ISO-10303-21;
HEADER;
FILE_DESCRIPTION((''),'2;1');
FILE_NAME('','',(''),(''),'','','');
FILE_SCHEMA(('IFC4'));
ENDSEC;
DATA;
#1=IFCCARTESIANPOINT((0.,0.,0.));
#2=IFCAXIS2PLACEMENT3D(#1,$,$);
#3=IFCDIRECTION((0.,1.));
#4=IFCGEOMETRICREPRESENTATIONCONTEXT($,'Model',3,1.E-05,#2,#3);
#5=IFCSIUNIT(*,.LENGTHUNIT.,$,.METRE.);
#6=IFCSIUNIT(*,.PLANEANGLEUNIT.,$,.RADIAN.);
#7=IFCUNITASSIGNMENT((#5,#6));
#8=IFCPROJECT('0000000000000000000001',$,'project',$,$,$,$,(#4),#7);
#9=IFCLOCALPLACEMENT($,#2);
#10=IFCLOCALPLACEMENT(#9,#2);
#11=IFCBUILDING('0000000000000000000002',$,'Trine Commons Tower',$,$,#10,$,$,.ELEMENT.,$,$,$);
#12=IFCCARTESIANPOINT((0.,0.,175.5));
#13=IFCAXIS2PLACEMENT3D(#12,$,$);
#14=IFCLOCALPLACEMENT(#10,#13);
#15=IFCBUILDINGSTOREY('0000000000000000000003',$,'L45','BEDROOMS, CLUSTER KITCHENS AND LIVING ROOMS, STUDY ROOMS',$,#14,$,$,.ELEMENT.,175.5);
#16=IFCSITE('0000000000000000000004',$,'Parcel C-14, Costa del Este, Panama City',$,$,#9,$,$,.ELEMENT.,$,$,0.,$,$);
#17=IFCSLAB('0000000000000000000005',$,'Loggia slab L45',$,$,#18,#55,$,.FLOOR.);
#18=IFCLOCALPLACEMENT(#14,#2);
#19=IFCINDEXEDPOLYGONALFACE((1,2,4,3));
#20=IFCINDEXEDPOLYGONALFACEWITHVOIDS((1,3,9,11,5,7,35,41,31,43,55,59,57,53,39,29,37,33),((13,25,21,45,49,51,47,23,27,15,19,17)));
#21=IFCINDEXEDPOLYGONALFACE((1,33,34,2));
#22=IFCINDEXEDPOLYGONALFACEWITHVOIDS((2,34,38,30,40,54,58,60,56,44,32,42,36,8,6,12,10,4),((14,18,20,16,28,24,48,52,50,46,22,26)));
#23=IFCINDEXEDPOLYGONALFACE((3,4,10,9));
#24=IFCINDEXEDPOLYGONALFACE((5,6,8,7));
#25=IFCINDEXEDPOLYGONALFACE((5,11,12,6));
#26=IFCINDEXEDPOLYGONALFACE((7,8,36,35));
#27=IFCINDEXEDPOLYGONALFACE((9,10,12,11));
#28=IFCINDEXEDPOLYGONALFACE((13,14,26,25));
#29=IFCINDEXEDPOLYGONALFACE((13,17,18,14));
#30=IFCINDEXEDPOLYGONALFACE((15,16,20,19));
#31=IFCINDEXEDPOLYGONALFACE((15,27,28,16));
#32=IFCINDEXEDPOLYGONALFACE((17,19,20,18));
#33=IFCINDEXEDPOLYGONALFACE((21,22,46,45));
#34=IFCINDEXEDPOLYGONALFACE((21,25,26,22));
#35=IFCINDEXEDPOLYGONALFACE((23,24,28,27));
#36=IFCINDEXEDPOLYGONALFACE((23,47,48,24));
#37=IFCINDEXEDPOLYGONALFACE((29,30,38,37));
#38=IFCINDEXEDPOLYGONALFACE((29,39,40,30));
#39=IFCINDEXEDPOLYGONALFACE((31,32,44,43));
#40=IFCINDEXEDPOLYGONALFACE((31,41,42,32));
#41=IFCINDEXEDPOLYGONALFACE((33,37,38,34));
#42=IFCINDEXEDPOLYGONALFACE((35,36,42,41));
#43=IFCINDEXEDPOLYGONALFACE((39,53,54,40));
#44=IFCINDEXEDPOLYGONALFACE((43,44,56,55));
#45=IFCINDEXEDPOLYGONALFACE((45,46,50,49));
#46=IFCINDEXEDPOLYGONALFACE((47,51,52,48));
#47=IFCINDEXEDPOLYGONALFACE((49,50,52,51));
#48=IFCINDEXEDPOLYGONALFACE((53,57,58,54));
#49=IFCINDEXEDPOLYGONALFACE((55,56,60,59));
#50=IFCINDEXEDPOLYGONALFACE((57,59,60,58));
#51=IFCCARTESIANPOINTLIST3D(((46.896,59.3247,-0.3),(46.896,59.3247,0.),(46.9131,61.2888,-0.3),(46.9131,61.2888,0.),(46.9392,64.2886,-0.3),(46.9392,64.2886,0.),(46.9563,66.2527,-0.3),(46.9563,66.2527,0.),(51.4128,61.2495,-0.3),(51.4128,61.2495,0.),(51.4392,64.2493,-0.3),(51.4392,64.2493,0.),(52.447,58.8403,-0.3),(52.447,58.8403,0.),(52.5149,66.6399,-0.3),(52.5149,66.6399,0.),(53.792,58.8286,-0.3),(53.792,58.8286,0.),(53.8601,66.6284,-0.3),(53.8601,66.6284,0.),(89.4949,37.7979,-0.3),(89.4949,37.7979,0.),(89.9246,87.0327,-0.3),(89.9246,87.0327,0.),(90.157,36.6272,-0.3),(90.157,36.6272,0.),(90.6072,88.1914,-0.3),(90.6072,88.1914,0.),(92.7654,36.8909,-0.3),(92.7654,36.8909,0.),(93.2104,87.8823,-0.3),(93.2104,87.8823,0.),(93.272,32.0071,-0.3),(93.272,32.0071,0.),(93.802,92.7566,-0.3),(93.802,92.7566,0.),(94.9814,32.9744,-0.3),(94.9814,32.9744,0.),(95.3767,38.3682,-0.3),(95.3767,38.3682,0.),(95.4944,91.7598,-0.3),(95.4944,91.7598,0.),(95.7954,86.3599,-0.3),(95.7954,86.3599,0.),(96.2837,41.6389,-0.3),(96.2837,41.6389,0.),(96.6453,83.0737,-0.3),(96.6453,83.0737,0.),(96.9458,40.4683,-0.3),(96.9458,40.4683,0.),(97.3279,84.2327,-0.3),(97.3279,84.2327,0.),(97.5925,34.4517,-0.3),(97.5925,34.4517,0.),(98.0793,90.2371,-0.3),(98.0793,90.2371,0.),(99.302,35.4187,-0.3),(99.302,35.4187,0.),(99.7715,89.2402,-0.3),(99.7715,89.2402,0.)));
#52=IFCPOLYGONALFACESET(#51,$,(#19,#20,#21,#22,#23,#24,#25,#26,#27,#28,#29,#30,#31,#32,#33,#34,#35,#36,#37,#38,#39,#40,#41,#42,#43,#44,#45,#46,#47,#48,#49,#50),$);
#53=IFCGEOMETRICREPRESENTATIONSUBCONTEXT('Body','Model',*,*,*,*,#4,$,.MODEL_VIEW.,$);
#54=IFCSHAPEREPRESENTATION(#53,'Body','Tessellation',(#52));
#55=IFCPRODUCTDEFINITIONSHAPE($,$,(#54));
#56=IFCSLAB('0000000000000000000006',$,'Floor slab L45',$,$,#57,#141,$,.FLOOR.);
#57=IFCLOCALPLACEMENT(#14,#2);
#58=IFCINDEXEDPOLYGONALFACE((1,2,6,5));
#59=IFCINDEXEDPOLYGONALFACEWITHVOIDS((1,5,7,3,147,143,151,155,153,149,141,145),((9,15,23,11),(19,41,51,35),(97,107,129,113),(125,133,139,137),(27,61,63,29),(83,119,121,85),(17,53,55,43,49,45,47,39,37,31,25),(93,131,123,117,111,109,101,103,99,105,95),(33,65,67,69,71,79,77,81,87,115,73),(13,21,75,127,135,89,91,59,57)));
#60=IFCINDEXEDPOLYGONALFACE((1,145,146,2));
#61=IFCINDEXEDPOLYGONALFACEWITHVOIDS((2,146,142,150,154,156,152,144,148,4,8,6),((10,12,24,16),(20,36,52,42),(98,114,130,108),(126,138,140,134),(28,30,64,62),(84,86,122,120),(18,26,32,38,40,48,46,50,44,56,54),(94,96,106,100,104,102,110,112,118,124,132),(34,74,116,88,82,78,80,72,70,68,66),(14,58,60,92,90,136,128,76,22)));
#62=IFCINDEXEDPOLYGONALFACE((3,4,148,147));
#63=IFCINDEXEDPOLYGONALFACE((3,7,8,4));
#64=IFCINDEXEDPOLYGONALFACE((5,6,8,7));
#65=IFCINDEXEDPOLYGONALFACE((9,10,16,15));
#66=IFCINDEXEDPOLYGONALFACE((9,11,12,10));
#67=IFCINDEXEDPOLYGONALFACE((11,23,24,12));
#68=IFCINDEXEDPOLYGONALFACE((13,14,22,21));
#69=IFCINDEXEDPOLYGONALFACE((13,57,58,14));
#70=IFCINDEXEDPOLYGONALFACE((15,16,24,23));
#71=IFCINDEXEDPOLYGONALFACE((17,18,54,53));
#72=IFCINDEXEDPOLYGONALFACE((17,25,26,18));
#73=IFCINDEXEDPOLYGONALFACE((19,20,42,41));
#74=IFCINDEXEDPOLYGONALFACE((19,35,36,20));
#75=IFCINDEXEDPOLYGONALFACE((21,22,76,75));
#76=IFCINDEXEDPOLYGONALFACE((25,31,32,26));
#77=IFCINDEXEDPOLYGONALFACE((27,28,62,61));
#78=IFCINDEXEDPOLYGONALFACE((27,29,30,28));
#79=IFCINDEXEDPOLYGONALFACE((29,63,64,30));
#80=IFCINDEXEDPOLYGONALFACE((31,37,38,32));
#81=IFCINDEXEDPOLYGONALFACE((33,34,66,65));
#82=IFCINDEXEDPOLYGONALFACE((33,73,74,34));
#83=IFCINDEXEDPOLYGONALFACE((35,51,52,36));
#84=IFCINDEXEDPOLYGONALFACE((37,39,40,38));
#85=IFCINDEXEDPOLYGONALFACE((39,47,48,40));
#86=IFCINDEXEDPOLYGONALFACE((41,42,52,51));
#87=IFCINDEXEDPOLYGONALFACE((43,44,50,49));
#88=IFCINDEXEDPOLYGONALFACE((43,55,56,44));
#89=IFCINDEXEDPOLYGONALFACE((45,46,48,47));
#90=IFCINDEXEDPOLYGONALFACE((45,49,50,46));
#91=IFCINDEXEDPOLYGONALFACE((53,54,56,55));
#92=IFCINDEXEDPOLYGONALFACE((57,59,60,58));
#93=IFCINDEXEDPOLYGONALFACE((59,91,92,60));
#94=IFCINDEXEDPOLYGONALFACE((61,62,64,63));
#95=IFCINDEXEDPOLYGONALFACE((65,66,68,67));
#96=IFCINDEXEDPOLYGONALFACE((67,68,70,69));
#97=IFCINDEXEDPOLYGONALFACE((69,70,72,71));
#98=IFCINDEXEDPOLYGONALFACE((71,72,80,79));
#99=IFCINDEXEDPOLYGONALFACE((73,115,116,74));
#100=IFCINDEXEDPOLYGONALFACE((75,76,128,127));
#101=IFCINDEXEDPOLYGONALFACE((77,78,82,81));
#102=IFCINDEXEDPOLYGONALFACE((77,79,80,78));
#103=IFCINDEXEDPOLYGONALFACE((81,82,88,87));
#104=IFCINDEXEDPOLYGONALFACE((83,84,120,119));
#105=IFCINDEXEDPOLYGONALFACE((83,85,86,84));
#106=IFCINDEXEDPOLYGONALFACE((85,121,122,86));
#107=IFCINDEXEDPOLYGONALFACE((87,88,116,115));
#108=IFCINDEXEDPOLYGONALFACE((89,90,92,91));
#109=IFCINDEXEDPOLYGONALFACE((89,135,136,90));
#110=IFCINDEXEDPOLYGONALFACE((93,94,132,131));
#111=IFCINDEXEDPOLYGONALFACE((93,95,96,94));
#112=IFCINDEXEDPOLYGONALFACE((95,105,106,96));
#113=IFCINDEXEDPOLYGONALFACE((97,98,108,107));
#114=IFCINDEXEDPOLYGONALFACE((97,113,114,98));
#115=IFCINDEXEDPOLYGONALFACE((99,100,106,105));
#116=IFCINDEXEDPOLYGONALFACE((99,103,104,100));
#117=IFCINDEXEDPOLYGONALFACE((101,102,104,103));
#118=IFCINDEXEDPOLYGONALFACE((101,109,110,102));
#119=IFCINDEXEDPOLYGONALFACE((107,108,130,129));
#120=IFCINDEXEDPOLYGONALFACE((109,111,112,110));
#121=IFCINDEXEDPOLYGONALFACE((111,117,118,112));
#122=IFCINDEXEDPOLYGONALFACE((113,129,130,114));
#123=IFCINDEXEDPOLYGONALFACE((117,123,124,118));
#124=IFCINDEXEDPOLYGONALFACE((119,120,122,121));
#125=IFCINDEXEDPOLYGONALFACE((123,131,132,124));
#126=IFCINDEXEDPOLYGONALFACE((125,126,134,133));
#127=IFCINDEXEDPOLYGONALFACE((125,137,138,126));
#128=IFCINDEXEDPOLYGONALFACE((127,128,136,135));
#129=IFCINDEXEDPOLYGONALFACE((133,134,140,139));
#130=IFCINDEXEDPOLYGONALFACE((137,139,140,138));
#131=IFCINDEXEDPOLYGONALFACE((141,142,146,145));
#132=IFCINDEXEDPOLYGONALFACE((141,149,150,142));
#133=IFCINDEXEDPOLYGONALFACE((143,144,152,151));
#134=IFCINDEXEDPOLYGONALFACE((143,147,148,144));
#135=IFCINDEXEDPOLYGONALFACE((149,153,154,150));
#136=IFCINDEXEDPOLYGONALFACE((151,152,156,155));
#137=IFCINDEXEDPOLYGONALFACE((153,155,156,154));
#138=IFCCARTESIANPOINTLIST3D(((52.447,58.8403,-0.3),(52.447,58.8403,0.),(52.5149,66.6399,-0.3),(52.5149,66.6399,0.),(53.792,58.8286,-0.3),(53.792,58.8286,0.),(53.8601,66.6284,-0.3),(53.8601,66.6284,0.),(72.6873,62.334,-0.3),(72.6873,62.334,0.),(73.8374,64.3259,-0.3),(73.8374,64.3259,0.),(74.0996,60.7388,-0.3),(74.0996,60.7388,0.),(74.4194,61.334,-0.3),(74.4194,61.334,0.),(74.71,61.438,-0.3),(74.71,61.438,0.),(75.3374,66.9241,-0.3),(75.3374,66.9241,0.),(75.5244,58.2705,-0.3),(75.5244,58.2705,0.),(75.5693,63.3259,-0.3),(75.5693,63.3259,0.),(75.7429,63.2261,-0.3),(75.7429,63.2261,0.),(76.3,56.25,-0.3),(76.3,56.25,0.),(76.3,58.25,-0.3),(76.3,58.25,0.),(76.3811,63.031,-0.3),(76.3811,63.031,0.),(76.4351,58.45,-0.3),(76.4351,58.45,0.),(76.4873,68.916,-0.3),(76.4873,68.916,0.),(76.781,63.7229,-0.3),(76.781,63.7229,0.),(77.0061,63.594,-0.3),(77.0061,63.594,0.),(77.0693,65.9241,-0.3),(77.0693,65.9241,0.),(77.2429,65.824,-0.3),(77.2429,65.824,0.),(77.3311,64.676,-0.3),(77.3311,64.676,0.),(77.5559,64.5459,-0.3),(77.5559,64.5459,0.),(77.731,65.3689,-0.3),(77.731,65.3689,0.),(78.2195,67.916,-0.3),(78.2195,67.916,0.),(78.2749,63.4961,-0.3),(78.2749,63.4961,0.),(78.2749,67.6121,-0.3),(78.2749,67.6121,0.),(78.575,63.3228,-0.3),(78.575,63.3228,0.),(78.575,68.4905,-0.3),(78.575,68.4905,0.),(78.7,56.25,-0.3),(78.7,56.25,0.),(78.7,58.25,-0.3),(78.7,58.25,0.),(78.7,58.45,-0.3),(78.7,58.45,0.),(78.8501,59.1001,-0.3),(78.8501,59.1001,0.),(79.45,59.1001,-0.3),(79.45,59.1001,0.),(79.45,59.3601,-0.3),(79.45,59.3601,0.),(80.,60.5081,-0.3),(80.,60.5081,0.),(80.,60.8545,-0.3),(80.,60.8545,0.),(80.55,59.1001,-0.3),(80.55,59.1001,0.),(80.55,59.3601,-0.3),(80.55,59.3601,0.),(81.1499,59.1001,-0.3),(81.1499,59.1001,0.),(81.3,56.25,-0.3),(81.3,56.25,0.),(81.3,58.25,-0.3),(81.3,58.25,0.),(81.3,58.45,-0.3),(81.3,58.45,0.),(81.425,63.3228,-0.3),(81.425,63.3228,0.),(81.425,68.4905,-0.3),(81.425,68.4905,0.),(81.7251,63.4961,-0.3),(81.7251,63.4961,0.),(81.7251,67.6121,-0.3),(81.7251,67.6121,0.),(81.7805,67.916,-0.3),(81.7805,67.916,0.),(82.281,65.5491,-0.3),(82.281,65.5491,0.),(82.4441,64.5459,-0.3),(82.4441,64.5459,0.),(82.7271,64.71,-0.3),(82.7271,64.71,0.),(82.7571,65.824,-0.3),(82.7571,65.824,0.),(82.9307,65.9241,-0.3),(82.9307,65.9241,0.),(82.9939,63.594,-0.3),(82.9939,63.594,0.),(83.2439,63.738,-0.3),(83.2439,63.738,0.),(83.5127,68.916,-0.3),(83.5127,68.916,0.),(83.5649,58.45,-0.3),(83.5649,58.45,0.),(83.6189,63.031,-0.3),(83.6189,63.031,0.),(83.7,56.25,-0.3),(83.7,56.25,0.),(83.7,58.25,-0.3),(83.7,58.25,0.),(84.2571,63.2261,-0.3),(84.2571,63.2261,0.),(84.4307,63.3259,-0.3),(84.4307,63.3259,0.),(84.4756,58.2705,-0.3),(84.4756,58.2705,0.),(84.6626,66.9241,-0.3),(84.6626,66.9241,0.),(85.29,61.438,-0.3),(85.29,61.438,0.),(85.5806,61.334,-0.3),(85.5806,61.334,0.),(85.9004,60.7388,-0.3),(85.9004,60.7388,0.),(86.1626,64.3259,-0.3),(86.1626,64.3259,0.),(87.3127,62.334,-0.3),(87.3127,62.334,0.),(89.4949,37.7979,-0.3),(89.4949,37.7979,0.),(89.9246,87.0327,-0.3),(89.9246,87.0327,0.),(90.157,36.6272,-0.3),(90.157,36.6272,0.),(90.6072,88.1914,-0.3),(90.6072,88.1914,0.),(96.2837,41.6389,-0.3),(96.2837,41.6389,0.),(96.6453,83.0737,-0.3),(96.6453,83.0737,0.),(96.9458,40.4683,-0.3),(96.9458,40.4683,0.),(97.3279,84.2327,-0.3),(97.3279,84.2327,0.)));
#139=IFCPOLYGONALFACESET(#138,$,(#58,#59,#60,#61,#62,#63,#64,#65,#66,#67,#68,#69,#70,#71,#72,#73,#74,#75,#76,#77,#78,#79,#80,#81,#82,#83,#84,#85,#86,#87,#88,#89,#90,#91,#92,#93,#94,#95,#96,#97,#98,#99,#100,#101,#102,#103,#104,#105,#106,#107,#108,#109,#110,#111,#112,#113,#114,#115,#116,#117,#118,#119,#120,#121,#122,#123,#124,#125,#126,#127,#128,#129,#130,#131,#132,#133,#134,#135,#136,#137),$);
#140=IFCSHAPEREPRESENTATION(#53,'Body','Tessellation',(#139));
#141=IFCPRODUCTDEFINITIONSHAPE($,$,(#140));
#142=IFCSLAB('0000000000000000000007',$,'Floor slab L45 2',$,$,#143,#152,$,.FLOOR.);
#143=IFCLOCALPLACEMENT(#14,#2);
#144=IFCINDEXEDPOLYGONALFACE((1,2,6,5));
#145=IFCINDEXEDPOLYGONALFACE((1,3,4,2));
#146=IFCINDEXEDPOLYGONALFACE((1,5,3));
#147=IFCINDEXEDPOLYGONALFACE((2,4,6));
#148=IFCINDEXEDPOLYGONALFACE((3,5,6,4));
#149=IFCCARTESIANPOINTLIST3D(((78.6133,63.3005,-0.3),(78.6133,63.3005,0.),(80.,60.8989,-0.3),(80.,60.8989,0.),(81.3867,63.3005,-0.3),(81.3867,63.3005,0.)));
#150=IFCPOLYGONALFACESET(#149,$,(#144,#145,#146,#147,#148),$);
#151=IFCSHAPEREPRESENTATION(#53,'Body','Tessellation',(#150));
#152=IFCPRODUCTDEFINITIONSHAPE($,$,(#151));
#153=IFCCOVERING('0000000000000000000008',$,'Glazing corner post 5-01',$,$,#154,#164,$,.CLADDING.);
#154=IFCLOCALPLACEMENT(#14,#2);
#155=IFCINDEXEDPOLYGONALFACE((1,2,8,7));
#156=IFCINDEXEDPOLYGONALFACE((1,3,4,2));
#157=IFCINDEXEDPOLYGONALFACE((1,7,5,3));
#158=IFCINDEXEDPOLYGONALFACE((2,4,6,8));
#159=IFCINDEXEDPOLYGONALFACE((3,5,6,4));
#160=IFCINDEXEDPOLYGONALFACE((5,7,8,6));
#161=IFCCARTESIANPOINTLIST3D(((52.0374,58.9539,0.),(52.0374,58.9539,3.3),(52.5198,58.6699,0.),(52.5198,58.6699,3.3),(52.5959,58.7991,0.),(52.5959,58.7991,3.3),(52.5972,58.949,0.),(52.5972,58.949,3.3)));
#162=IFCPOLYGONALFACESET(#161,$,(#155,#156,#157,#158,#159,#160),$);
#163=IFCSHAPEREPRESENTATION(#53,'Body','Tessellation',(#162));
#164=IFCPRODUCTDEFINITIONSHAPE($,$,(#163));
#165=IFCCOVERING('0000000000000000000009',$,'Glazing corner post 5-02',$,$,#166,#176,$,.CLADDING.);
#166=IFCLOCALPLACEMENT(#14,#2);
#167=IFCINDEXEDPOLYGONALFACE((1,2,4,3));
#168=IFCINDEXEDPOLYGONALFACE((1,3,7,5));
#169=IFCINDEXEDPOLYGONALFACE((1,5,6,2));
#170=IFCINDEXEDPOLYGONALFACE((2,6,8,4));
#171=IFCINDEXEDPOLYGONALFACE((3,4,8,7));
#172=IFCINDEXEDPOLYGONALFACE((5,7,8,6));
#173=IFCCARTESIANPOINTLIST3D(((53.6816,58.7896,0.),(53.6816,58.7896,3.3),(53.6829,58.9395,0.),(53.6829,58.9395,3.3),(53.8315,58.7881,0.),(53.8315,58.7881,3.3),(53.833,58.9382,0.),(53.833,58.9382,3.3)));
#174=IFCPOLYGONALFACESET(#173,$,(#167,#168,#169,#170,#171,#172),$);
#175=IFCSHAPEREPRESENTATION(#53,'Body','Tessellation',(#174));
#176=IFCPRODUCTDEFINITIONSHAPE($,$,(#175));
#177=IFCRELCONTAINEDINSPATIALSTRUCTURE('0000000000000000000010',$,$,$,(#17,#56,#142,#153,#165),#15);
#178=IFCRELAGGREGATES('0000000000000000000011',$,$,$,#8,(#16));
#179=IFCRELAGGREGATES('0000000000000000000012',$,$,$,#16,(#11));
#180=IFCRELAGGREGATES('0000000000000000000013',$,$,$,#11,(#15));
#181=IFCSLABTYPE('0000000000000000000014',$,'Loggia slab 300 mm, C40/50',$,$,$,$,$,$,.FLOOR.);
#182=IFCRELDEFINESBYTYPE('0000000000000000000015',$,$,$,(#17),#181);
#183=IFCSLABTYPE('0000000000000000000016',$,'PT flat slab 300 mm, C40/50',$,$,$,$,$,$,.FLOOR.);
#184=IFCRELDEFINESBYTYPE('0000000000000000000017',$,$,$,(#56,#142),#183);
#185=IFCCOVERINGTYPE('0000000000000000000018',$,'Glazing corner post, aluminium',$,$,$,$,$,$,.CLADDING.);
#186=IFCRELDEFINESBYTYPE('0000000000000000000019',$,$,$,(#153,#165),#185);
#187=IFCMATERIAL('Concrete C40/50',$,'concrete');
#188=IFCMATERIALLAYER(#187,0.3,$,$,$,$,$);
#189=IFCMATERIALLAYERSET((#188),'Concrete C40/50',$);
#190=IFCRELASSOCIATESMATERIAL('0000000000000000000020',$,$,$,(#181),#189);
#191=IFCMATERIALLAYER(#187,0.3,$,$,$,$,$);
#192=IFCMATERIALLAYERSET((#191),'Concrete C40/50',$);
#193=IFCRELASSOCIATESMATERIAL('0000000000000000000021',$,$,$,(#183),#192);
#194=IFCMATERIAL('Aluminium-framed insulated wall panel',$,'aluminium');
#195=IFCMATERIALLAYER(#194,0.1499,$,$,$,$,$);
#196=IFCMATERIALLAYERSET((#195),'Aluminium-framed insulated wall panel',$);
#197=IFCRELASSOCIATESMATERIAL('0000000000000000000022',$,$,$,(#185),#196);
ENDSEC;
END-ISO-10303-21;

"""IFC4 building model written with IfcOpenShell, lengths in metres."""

from ifc_helpers import new_model, si_unit, direction, frame, origin, place, context, subcontext, project, spatial, polyline, outline, extrude, material, layer, layer_set, type_object, element, save


model = new_model("IFC4")

# Units and contexts
model_context = context("Model", 3, precision=1e-05, world=origin(), true_north=direction((0.0, 1.0)))
body_context = subcontext(model_context, "Body", "Model", "MODEL_VIEW")
ifc_project = project(units=[si_unit("LENGTHUNIT", "METRE"), si_unit("PLANEANGLEUNIT", "RADIAN")], contexts=[model_context])

# Site, building, storey
site_placement = place(None, origin())
site = spatial("IfcSite", under=ifc_project, at=site_placement, Name="Parcel C-14, Costa del Este, Panama City", CompositionType="ELEMENT", RefElevation=0.0)
building_placement = place(site_placement, origin())
building = spatial("IfcBuilding", under=site, at=building_placement, Name="Trine Commons Tower", CompositionType="ELEMENT")
storey_placement = place(building_placement, frame((0.0, 0.0, 175.5)))
storey = spatial("IfcBuildingStorey", under=building, at=storey_placement, Name="L45", Description="BEDROOMS, CLUSTER KITCHENS AND LIVING ROOMS, STUDY ROOMS", CompositionType="ELEMENT", Elevation=175.5)

# Slabs
ifc_material_1 = material(Name="Concrete C40/50", Category="concrete")
ifc_layer_1 = layer(ifc_material_1, 0.3)
ifc_layer_set_1 = layer_set([ifc_layer_1], Name="Concrete C40/50")
slab_type_1 = type_object("IfcSlabType", Name="Loggia slab 300 mm, C40/50", PredefinedType="FLOOR", material=ifc_layer_set_1)
slab_1_placement = place(storey_placement, frame((0.0, 0.0, -0.3)))
element("IfcSlab", 1, at=slab_1_placement, inside=storey, type_object=slab_type_1, Name="Loggia slab L45", PredefinedType="FLOOR", context=body_context, shape_type="SweptSolid", body=[
    extrude(outline(polyline([(99.302, 35.4187), (99.7715, 89.2402), (98.0793, 90.2371), (95.7954, 86.3599), (93.2104, 87.8823), (95.4944, 91.7598), (93.802, 92.7566), (46.9563, 66.2527), (46.9392, 64.2886), (51.4392, 64.2493), (51.4128, 61.2495), (46.9131, 61.2888), (46.896, 59.3247), (93.272, 32.0071), (94.9814, 32.9744), (92.7654, 36.8909), (95.3767, 38.3682), (97.5925, 34.4517), (99.302, 35.4187)]), holes=[polyline([(90.157, 36.6272), (89.4949, 37.7979), (96.2837, 41.6389), (96.9458, 40.4683), (97.3279, 84.2327), (96.6453, 83.0737), (89.9246, 87.0327), (90.6072, 88.1914), (52.5149, 66.6399), (53.8601, 66.6284), (53.792, 58.8286), (52.447, 58.8403), (90.157, 36.6272)])]), origin(), (0.0, 0.0, 1.0), 0.3),
])
ifc_layer_2 = layer(ifc_material_1, 0.3)
ifc_layer_set_2 = layer_set([ifc_layer_2], Name="Concrete C40/50")
slab_type_2 = type_object("IfcSlabType", Name="PT flat slab 300 mm, C40/50", PredefinedType="FLOOR", material=ifc_layer_set_2)
slab_2_placement = place(storey_placement, frame((0.0, 0.0, -0.3)))
element("IfcSlab", 2, at=slab_2_placement, inside=storey, type_object=slab_type_2, Name="Floor slab L45", PredefinedType="FLOOR", context=body_context, shape_type="SweptSolid", body=[
    extrude(outline(polyline([(52.447, 58.8403), (90.157, 36.6272), (89.4949, 37.7979), (96.2837, 41.6389), (96.9458, 40.4683), (97.3279, 84.2327), (96.6453, 83.0737), (89.9246, 87.0327), (90.6072, 88.1914), (52.5149, 66.6399), (53.8601, 66.6284), (53.792, 58.8286), (52.447, 58.8403)]), holes=[polyline([(78.7, 56.25), (78.7, 58.25), (76.3, 58.25), (76.3, 56.25), (78.7, 56.25)]), polyline([(80.0, 60.8545), (84.4756, 58.2705), (85.9004, 60.7388), (81.425, 63.3228), (81.425, 68.4905), (78.575, 68.4905), (78.575, 63.3228), (74.0996, 60.7388), (75.5244, 58.2705), (80.0, 60.8545)]), polyline([(73.8374, 64.3259), (72.6873, 62.334), (74.4194, 61.334), (75.5693, 63.3259), (73.8374, 64.3259)]), polyline([(76.3811, 63.031), (75.7429, 63.2261), (74.71, 61.438), (78.2749, 63.4961), (78.2749, 67.6121), (77.2429, 65.824), (77.731, 65.3689), (77.3311, 64.676), (77.5559, 64.5459), (77.0061, 63.594), (76.781, 63.7229), (76.3811, 63.031)]), polyline([(76.4873, 68.916), (75.3374, 66.9241), (77.0693, 65.9241), (78.2195, 67.916), (76.4873, 68.916)]), polyline([(83.7, 56.25), (83.7, 58.25), (81.3, 58.25), (81.3, 56.25), (83.7, 56.25)]), polyline([(81.1499, 59.1001), (81.3, 58.45), (83.5649, 58.45), (80.0, 60.5081), (76.4351, 58.45), (78.7, 58.45), (78.8501, 59.1001), (79.45, 59.1001), (79.45, 59.3601), (80.55, 59.3601), (80.55, 59.1001), (81.1499, 59.1001)]), polyline([(86.1626, 64.3259), (84.4307, 63.3259), (85.5806, 61.334), (87.3127, 62.334), (86.1626, 64.3259)]), polyline([(83.2439, 63.738), (82.9939, 63.594), (82.4441, 64.5459), (82.7271, 64.71), (82.281, 65.5491), (82.7571, 65.824), (81.7251, 67.6121), (81.7251, 63.4961), (85.29, 61.438), (84.2571, 63.2261), (83.6189, 63.031), (83.2439, 63.738)]), polyline([(84.6626, 66.9241), (83.5127, 68.916), (81.7805, 67.916), (82.9307, 65.9241), (84.6626, 66.9241)])]), origin(), (0.0, 0.0, 1.0), 0.3),
])
slab_3_placement = place(storey_placement, frame((0.0, 0.0, -0.3)))
element("IfcSlab", 3, at=slab_3_placement, inside=storey, type_object=slab_type_2, Name="Floor slab L45 2", PredefinedType="FLOOR", context=body_context, shape_type="SweptSolid", body=[
    extrude(outline(polyline([(78.6133, 63.3005), (80.0, 60.8989), (81.3867, 63.3005), (78.6133, 63.3005)])), origin(), (0.0, 0.0, 1.0), 0.3),
])

# Coverings
ifc_material_2 = material(Name="Aluminium-framed insulated wall panel", Category="aluminium")
ifc_layer_3 = layer(ifc_material_2, 0.1499)
ifc_layer_set_3 = layer_set([ifc_layer_3], Name="Aluminium-framed insulated wall panel")
covering_type_1 = type_object("IfcCoveringType", Name="Glazing corner post, aluminium", PredefinedType="CLADDING", material=ifc_layer_set_3)
covering_1_placement = place(storey_placement, origin())
element("IfcCovering", 4, at=covering_1_placement, inside=storey, type_object=covering_type_1, Name="Glazing corner post 5-01", PredefinedType="CLADDING", context=body_context, shape_type="SweptSolid", body=[
    extrude(outline(polyline([(52.5198, 58.6699), (52.5959, 58.7991), (52.5972, 58.949), (52.0374, 58.9539), (52.5198, 58.6699)])), origin(), (0.0, 0.0, 1.0), 3.3),
])
covering_2_placement = place(storey_placement, origin())
element("IfcCovering", 5, at=covering_2_placement, inside=storey, type_object=covering_type_1, Name="Glazing corner post 5-02", PredefinedType="CLADDING", context=body_context, shape_type="SweptSolid", body=[
    extrude(outline(polyline([(53.6816, 58.7896), (53.8315, 58.7881), (53.833, 58.9382), (53.6829, 58.9395), (53.6816, 58.7896)])), origin(), (0.0, 0.0, 1.0), 3.3),
])

save(model, "model.ifc")
